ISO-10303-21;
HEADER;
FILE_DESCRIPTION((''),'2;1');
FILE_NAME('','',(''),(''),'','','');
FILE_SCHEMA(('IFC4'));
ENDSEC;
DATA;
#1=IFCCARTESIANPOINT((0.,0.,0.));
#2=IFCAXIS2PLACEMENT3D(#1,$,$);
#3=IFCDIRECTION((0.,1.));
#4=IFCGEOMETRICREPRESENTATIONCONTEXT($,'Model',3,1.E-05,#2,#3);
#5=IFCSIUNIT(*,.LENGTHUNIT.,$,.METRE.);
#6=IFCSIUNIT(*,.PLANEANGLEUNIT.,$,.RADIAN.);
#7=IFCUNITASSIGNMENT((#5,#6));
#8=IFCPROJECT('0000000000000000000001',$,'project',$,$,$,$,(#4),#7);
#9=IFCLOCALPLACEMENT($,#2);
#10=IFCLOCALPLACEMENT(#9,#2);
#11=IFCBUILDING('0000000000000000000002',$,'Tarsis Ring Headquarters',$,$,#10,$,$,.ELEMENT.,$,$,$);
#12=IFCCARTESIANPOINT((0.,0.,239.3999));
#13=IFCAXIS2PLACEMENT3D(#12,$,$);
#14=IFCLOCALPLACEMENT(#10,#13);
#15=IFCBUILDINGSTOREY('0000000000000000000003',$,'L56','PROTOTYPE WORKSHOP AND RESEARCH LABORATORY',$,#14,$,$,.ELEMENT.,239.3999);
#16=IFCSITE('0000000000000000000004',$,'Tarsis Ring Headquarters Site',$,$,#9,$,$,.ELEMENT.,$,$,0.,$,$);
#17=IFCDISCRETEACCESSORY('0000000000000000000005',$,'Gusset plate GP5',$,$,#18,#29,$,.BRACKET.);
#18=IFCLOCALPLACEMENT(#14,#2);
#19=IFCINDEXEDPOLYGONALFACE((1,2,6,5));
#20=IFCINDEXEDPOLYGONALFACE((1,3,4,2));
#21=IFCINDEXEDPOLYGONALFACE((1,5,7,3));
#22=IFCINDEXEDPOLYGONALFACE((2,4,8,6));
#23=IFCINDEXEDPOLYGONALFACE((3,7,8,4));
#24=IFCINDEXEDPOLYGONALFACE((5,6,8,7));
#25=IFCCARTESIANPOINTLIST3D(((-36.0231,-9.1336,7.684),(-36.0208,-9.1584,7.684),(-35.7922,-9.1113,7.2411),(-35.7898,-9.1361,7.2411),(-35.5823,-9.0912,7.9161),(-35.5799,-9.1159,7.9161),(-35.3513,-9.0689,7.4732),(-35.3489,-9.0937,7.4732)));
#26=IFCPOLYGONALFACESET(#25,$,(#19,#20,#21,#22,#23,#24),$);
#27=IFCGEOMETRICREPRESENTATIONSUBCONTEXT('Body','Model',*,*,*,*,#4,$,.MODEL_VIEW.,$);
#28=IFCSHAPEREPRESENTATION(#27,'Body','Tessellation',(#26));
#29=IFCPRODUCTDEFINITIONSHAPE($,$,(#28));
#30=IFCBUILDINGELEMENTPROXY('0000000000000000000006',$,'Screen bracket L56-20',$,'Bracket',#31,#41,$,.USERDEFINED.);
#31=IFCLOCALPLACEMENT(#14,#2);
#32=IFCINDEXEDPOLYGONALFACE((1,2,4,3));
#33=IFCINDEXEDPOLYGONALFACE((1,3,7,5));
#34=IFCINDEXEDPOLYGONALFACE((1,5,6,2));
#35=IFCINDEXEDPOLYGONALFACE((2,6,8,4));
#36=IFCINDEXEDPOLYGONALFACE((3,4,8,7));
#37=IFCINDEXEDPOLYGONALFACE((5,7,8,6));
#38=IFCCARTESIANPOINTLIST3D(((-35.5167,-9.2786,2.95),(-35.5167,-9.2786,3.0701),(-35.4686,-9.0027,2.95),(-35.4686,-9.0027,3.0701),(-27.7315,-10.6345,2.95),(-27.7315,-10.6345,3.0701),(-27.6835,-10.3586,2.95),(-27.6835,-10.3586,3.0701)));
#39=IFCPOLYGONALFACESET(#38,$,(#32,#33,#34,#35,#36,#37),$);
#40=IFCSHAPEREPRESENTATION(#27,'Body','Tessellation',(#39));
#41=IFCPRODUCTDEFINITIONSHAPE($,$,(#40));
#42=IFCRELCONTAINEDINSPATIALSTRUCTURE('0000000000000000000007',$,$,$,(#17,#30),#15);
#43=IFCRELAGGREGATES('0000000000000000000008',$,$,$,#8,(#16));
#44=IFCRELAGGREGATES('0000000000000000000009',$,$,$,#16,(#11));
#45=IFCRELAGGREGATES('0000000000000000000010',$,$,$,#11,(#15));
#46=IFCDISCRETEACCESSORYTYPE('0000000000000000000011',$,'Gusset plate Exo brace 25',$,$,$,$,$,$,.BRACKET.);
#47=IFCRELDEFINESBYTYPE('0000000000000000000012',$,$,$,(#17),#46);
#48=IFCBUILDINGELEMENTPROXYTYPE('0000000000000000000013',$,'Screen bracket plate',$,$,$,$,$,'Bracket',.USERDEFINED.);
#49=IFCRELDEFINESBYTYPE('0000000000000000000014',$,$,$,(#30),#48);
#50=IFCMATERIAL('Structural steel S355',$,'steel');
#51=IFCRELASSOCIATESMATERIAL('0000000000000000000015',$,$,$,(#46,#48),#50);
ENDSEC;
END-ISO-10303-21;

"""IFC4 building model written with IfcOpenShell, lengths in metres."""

from ifc_helpers import new_model, si_unit, direction, frame, origin, origin_2d, place, context, subcontext, project, spatial, rectangle, extrude, material, material_profile, profile_set, type_object, element, save


model = new_model("IFC4")

# Units and contexts
model_context = context("Model", 3, precision=1e-05, world=origin(), true_north=direction((0.0, 1.0)))
body_context = subcontext(model_context, "Body", "Model", "MODEL_VIEW")
ifc_project = project(units=[si_unit("LENGTHUNIT", "METRE"), si_unit("PLANEANGLEUNIT", "RADIAN")], contexts=[model_context])

# Site, building, storey
site_placement = place(None, origin())
site = spatial("IfcSite", under=ifc_project, at=site_placement, Name="Tarsis Ring Headquarters Site", CompositionType="ELEMENT", RefElevation=0.0)
building_placement = place(site_placement, origin())
building = spatial("IfcBuilding", under=site, at=building_placement, Name="Tarsis Ring Headquarters", CompositionType="ELEMENT")
storey_placement = place(building_placement, frame((0.0, 0.0, 239.3999)))
storey = spatial("IfcBuildingStorey", under=building, at=storey_placement, Name="L56", Description="PROTOTYPE WORKSHOP AND RESEARCH LABORATORY", CompositionType="ELEMENT", Elevation=239.3999)

# Shared definitions
ifc_material_1 = material(Name="Structural steel S355", Category="steel")

# Discrete accessory
ifc_material_profile_1 = material_profile(ifc_material_1, rectangle(XDim=0.0249, YDim=0.5, at=origin_2d()), Name="PL 25x500")
ifc_profile_set_1 = profile_set([ifc_material_profile_1], Name="Structural steel S355")
discrete_accessory_type = type_object("IfcDiscreteAccessoryType", Name="Gusset plate Exo brace 25", PredefinedType="BRACKET", material=ifc_profile_set_1)
for number, where, z_axis, x_axis, name in (
    (1, (-35.8015, -9.1248, 7.8), (0.461942, 0.044436, -0.885796), (-0.095753, 0.995405, 0.0), "Gusset plate GP5"),
):
    element("IfcDiscreteAccessory", number, at=place(storey_placement, frame(where, z_axis=z_axis, x_axis=x_axis)), inside=storey, type_object=discrete_accessory_type, Name=name, PredefinedType="BRACKET", context=body_context, shape_type="SweptSolid", body=[
        extrude(rectangle(XDim=0.0249, YDim=0.5, at=origin_2d()), origin(), (0.0, 0.0, 1.0), 0.5),
    ])

# Building element proxy
building_element_proxy_type = type_object("IfcBuildingElementProxyType", Name="Screen bracket plate", ElementType="Bracket", PredefinedType="USERDEFINED", material=ifc_material_1)
proxy_placement = place(storey_placement, frame((-31.6001, -9.8186, 2.95), z_axis=(0.0, 0.0, 1.0), x_axis=(0.985169, -0.171585, 0.0)))
element("IfcBuildingElementProxy", 2, at=proxy_placement, inside=storey, type_object=building_element_proxy_type, Name="Screen bracket L56-20", ObjectType="Bracket", PredefinedType="USERDEFINED", context=body_context, shape_type="SweptSolid", body=[
    extrude(rectangle(XDim=7.9023, YDim=0.28, at=origin_2d()), origin(), (0.0, 0.0, 1.0), 0.1201),
])

save(model, "model.ifc")
